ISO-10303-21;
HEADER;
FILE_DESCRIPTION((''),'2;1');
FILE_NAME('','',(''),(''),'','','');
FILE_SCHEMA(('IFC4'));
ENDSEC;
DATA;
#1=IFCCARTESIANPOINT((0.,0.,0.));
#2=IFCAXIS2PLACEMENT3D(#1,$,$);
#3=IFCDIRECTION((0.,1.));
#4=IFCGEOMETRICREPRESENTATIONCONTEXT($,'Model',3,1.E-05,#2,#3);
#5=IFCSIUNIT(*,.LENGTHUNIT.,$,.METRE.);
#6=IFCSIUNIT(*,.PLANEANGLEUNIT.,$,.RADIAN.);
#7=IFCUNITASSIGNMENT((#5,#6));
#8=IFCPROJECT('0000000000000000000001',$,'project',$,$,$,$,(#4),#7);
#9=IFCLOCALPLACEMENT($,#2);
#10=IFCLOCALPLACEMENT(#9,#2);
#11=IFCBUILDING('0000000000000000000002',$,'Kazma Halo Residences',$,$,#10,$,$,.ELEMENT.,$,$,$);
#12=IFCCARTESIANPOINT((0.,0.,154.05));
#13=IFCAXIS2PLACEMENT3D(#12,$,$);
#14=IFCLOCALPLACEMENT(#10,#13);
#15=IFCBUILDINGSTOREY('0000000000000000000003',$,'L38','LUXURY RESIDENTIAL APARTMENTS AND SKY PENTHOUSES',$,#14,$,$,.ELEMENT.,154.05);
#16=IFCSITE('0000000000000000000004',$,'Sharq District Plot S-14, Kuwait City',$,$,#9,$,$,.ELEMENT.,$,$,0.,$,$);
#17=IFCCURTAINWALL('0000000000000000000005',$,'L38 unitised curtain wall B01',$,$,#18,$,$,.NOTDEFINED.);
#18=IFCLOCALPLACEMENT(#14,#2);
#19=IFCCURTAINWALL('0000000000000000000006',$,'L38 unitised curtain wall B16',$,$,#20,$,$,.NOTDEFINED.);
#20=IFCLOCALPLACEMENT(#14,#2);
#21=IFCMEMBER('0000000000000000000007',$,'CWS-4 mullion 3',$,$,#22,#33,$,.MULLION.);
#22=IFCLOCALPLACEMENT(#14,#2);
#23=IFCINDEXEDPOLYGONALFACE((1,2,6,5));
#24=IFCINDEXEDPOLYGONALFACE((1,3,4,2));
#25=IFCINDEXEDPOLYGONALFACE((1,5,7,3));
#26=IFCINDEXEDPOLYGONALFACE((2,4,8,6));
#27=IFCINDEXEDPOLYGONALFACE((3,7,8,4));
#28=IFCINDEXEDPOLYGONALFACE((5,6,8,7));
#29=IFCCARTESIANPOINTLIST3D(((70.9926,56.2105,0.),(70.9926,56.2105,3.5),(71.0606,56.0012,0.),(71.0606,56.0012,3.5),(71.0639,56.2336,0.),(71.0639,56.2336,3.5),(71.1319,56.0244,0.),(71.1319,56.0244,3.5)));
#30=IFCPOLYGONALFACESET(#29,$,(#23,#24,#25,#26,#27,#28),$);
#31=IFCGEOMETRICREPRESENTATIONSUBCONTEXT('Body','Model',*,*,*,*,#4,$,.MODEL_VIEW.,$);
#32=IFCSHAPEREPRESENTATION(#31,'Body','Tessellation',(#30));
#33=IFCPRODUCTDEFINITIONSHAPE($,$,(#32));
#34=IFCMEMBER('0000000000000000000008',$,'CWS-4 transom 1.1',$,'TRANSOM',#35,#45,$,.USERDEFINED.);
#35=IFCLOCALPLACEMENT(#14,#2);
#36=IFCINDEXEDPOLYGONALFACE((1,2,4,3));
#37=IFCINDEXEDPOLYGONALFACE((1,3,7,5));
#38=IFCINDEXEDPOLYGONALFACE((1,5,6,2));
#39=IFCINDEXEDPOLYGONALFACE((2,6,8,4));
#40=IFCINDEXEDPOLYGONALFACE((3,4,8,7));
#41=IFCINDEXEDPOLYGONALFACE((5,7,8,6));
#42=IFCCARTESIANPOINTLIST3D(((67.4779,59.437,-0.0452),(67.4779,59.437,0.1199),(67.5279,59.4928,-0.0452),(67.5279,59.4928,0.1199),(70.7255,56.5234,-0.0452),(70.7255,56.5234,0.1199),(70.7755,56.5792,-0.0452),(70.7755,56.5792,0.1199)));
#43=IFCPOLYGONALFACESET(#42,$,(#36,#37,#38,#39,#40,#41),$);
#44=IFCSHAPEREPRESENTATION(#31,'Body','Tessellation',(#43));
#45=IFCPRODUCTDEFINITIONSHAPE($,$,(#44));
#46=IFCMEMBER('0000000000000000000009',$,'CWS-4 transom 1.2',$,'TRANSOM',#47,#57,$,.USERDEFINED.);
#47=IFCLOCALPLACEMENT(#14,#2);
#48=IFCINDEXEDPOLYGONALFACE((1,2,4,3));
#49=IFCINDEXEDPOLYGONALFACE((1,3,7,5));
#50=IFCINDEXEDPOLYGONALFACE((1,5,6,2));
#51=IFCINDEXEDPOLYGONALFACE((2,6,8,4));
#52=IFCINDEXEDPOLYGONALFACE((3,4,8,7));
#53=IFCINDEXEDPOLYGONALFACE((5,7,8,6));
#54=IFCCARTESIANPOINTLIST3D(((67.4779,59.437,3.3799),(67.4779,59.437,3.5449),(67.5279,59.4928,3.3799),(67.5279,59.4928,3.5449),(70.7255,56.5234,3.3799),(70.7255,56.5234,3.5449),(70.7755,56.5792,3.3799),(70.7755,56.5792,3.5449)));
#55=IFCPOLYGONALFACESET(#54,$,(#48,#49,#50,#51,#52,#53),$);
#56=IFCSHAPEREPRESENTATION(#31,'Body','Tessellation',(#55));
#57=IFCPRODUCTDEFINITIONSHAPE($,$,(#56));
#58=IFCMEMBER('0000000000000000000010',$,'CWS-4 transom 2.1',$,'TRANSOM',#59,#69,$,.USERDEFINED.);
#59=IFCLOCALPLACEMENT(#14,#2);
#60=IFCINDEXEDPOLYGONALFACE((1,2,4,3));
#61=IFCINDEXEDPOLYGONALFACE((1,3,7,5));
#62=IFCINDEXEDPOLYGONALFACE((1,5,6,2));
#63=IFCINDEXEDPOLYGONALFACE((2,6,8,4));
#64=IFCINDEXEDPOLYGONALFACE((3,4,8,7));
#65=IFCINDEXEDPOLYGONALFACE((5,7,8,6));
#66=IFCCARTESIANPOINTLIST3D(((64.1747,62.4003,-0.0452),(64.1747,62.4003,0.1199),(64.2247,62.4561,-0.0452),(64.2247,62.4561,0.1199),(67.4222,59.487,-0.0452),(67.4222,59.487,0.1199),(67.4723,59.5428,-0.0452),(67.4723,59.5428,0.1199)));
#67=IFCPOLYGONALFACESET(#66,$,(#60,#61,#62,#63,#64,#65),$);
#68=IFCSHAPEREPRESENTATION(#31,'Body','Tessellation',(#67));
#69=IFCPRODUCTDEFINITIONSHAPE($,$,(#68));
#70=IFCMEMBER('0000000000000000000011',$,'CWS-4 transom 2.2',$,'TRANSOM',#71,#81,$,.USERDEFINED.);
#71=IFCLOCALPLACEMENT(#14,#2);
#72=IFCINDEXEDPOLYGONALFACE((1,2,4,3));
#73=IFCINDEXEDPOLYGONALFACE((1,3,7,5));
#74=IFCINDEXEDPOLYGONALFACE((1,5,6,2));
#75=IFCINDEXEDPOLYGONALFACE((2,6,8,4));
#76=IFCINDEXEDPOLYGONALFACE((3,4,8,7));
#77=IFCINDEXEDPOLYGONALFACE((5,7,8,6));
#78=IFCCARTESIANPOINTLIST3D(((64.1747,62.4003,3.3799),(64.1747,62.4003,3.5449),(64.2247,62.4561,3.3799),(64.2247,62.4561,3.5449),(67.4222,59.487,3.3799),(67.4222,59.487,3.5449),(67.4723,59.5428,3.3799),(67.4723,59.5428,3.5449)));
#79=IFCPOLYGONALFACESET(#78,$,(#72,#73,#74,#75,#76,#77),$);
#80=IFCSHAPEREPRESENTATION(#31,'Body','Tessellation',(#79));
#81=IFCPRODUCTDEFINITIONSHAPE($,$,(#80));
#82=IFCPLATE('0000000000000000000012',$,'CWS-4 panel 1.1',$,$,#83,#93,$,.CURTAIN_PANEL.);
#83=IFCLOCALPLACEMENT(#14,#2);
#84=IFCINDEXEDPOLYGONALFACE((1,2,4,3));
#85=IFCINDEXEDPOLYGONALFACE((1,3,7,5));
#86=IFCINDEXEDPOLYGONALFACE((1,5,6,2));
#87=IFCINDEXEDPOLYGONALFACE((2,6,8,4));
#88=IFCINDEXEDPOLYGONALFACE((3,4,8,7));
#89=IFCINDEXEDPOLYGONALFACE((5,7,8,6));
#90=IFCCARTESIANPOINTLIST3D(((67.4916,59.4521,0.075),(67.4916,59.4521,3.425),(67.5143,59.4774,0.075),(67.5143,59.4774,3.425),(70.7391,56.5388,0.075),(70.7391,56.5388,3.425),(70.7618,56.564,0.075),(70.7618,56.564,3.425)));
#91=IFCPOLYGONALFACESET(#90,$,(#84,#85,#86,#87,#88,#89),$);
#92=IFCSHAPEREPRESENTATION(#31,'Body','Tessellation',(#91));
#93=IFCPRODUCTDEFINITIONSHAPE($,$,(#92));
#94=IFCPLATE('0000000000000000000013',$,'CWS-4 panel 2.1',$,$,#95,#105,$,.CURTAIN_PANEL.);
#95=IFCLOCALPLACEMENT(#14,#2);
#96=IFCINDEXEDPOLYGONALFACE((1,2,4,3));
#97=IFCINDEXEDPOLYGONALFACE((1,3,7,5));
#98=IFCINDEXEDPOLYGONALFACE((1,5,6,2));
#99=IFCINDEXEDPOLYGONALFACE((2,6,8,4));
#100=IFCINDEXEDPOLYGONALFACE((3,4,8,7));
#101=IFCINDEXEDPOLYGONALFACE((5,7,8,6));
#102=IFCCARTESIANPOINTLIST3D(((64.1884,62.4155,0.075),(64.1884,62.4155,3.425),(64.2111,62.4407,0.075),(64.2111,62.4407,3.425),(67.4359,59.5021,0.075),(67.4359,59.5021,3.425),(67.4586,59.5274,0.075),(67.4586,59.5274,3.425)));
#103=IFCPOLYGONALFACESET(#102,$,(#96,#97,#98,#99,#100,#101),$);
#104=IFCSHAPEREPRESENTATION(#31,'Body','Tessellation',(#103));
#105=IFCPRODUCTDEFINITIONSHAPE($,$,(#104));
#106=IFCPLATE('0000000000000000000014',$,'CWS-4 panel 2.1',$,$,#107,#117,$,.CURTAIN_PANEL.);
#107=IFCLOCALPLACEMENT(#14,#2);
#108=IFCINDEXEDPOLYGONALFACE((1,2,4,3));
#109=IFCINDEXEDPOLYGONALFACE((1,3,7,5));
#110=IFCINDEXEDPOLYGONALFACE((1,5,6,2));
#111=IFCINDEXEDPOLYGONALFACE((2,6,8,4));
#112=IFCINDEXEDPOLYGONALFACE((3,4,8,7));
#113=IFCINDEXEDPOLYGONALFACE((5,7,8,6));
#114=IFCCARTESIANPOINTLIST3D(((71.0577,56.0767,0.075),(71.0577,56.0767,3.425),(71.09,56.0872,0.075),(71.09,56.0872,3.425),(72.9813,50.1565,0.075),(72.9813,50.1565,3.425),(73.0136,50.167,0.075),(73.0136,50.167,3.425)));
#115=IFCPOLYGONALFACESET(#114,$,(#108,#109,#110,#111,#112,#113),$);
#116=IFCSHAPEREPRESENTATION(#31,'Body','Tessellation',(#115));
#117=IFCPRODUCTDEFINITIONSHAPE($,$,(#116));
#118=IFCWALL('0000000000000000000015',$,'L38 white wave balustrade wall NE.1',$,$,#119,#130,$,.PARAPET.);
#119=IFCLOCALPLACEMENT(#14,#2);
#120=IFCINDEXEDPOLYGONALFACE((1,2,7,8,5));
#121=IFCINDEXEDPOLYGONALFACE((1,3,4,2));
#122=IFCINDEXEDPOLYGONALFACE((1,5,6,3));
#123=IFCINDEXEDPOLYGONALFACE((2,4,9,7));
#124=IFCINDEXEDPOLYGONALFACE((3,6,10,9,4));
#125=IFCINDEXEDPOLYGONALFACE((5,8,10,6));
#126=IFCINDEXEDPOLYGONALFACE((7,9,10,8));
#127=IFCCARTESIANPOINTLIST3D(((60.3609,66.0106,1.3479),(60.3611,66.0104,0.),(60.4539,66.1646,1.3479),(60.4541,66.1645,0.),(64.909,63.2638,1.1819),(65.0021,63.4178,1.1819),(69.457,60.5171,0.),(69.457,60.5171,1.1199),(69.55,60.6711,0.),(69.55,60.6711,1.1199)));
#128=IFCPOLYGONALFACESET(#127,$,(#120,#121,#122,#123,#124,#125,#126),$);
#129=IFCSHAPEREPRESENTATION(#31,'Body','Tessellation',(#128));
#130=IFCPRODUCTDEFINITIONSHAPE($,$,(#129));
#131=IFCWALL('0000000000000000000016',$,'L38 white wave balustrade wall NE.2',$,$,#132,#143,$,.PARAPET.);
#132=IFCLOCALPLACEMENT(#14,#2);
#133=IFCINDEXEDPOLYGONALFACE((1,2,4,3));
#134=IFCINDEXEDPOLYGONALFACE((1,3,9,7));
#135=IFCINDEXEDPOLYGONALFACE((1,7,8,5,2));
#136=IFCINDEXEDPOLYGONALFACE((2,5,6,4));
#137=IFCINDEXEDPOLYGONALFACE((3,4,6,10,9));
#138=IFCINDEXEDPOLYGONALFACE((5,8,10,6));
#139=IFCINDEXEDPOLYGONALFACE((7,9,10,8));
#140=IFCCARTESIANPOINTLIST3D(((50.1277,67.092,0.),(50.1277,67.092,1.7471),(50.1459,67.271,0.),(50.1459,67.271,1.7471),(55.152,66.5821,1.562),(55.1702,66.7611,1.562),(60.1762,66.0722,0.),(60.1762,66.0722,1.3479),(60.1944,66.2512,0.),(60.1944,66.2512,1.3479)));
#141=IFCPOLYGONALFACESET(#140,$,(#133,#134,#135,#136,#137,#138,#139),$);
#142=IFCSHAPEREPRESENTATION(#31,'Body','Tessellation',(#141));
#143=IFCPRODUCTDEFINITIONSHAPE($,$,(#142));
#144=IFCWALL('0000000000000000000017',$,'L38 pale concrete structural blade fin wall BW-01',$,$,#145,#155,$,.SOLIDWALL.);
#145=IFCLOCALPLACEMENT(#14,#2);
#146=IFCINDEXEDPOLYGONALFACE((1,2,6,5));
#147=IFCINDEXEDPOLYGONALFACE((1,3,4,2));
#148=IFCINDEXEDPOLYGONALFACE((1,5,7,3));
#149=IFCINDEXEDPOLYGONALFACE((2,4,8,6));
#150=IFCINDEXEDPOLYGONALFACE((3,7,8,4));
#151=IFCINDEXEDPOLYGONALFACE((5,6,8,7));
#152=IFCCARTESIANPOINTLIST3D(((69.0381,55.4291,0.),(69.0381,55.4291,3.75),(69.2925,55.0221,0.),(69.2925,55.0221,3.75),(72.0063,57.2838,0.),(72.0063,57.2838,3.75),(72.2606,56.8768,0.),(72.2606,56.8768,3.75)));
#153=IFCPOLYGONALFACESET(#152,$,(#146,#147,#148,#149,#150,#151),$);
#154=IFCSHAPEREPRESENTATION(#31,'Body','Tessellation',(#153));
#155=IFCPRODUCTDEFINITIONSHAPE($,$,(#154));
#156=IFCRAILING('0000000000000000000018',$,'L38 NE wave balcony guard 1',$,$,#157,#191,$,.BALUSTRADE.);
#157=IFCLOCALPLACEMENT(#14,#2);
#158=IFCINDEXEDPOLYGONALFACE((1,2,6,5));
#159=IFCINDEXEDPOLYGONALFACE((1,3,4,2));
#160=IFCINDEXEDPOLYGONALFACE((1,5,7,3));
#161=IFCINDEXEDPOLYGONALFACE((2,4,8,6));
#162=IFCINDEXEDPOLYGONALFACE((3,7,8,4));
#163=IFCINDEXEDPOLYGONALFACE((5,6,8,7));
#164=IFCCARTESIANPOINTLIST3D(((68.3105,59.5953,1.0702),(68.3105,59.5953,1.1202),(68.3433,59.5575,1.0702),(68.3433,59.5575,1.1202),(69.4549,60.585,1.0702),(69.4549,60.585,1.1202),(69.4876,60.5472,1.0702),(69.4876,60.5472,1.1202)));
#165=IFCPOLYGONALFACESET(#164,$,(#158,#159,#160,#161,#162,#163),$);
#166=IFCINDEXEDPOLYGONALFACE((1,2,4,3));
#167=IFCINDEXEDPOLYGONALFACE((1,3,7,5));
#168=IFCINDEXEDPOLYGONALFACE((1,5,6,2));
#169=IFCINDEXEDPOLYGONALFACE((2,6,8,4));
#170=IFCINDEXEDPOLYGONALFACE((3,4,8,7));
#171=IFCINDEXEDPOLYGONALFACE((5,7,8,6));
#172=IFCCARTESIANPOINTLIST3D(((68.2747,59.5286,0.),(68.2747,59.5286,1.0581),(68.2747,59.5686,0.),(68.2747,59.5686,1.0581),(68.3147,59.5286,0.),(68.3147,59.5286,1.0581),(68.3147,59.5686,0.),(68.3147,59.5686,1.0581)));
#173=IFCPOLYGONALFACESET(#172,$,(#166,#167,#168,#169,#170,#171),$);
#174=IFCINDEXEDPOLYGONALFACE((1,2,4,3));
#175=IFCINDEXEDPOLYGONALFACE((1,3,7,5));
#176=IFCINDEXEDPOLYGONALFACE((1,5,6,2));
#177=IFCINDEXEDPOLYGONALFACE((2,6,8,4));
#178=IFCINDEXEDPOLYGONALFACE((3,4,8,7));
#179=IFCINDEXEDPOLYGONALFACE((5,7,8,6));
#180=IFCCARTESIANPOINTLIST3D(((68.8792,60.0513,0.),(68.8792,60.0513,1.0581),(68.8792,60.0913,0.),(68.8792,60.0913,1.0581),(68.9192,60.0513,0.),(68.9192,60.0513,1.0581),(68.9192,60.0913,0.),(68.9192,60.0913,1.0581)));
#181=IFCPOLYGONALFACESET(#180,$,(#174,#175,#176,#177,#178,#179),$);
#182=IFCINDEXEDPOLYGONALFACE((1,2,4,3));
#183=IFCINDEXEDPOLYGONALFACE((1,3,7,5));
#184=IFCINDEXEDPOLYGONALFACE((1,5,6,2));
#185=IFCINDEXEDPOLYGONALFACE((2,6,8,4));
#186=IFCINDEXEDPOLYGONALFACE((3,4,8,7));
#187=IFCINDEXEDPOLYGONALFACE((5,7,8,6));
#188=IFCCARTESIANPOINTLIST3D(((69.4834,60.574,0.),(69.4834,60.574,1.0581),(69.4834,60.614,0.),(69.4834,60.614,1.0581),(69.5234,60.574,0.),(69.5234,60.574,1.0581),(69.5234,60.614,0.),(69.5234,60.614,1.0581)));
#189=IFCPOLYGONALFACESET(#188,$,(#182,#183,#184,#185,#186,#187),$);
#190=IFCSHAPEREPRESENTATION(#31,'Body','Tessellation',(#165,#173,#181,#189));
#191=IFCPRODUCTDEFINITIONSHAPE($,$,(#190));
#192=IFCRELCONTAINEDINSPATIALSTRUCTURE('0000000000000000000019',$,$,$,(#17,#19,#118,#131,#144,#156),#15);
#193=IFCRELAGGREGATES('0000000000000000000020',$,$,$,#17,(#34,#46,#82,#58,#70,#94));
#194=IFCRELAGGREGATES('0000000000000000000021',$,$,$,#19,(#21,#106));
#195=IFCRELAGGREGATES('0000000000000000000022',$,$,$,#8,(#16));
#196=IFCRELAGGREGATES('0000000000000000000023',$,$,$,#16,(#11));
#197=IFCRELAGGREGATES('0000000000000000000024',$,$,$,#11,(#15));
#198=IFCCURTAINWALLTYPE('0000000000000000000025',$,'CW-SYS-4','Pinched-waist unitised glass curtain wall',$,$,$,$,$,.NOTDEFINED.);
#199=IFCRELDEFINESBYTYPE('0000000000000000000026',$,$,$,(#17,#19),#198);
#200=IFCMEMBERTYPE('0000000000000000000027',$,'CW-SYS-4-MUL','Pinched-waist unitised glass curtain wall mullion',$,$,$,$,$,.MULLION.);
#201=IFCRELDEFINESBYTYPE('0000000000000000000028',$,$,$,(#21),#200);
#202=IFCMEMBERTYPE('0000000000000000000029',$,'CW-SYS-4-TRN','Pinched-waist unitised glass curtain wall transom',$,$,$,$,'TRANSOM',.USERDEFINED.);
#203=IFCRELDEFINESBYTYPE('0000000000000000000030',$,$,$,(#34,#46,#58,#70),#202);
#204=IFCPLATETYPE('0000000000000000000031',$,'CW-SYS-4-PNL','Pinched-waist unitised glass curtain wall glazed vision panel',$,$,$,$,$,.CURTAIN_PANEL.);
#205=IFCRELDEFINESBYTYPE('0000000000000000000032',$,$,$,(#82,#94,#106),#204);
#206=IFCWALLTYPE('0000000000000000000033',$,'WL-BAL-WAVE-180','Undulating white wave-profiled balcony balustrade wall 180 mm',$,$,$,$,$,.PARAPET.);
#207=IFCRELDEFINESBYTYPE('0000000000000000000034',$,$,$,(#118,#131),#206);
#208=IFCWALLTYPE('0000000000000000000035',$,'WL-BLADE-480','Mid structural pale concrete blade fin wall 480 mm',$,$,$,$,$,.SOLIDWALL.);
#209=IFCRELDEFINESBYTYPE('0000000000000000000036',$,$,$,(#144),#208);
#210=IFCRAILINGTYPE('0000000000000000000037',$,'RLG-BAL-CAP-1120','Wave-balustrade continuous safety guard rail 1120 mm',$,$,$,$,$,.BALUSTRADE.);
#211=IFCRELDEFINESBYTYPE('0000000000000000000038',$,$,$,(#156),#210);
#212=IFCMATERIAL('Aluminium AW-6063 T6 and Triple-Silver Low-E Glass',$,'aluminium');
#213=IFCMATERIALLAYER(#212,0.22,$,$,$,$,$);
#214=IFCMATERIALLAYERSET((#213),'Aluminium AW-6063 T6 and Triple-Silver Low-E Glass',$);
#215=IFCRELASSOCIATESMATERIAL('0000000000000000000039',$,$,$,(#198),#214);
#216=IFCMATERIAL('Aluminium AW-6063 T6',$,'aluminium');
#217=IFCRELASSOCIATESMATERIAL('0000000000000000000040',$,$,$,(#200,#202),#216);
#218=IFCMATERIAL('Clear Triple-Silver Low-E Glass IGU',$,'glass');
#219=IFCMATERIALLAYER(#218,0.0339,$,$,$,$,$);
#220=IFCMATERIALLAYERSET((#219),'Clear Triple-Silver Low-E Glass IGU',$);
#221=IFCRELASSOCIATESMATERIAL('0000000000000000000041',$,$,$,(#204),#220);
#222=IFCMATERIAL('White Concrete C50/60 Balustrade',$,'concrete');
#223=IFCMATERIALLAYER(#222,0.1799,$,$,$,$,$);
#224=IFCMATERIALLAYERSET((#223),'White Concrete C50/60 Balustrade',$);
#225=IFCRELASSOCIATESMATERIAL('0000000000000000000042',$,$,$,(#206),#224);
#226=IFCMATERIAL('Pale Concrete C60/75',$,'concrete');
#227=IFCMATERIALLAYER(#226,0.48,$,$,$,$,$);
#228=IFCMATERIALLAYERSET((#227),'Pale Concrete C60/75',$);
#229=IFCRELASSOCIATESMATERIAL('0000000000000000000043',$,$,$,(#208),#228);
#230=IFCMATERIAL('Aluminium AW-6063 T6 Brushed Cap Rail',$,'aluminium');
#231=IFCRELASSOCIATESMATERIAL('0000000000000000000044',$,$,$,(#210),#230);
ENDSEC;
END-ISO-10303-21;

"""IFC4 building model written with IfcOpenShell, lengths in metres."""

from ifc_helpers import new_model, si_unit, direction, frame, frame_2d, origin, origin_2d, place, context, subcontext, project, spatial, polyline, rectangle, outline, extrude, material, layer, layer_set, material_profile, profile_set, type_object, element, aggregate, save


model = new_model("IFC4")

# Units and contexts
model_context = context("Model", 3, precision=1e-05, world=origin(), true_north=direction((0.0, 1.0)))
body_context = subcontext(model_context, "Body", "Model", "MODEL_VIEW")
ifc_project = project(units=[si_unit("LENGTHUNIT", "METRE"), si_unit("PLANEANGLEUNIT", "RADIAN")], contexts=[model_context])

# Site, building, storey
site_placement = place(None, origin())
site = spatial("IfcSite", under=ifc_project, at=site_placement, Name="Sharq District Plot S-14, Kuwait City", CompositionType="ELEMENT", RefElevation=0.0)
building_placement = place(site_placement, origin())
building = spatial("IfcBuilding", under=site, at=building_placement, Name="Kazma Halo Residences", CompositionType="ELEMENT")
storey_placement = place(building_placement, frame((0.0, 0.0, 154.05)))
storey = spatial("IfcBuildingStorey", under=building, at=storey_placement, Name="L38", Description="LUXURY RESIDENTIAL APARTMENTS AND SKY PENTHOUSES", CompositionType="ELEMENT", Elevation=154.05)

# Curtain wall
ifc_material_1 = material(Name="Aluminium AW-6063 T6 and Triple-Silver Low-E Glass", Category="aluminium")
ifc_layer_1 = layer(ifc_material_1, 0.22)
ifc_layer_set_1 = layer_set([ifc_layer_1], Name="Aluminium AW-6063 T6 and Triple-Silver Low-E Glass")
curtain_wall_type = type_object("IfcCurtainWallType", Name="CW-SYS-4", Description="Pinched-waist unitised glass curtain wall", PredefinedType="NOTDEFINED", material=ifc_layer_set_1)
curtain_wall_1_placement = place(storey_placement, origin())
curtain_wall_1 = element("IfcCurtainWall", 1, at=curtain_wall_1_placement, inside=storey, type_object=curtain_wall_type, Name="L38 unitised curtain wall B01", PredefinedType="NOTDEFINED")
ifc_material_2 = material(Name="Aluminium AW-6063 T6", Category="aluminium")
ifc_material_profile_1 = material_profile(ifc_material_2, rectangle(XDim=0.075, YDim=0.22, at=origin_2d()), Name="CWM-75x220")
ifc_profile_set_1 = profile_set([ifc_material_profile_1], Name="Aluminium AW-6063 T6")
member_type_1 = type_object("IfcMemberType", Name="CW-SYS-4-MUL", Description="Pinched-waist unitised glass curtain wall mullion", PredefinedType="MULLION", material=ifc_profile_set_1)

# Curtain wall, member
curtain_wall_2_placement = place(storey_placement, origin())
curtain_wall_2 = element("IfcCurtainWall", 2, at=curtain_wall_2_placement, inside=storey, type_object=curtain_wall_type, Name="L38 unitised curtain wall B16", PredefinedType="NOTDEFINED")
member_1_placement = place(storey_placement, frame((71.0623, 56.1174, 0.0), z_axis=(0.0, 0.0, 1.0), x_axis=(-0.951058, -0.309014, 0.0)))
member_1 = element("IfcMember", 3, at=member_1_placement, type_object=member_type_1, Name="CWS-4 mullion 3", PredefinedType="MULLION", context=body_context, shape_type="SweptSolid", body=[
    extrude(rectangle(XDim=0.075, YDim=0.22, at=origin_2d()), origin(), (0.0, 0.0, 1.0), 3.5),
])

# Members
ifc_material_profile_2 = material_profile(ifc_material_2, rectangle(XDim=0.075, YDim=0.165, at=origin_2d()), Name="CWT-75x165")
ifc_profile_set_2 = profile_set([ifc_material_profile_2], Name="Aluminium AW-6063 T6")
member_type_2 = type_object("IfcMemberType", Name="CW-SYS-4-TRN", Description="Pinched-waist unitised glass curtain wall transom", ElementType="TRANSOM", PredefinedType="USERDEFINED", material=ifc_profile_set_2)
member_2_placement = place(storey_placement, frame((70.7505, 56.5513, 0.0374), z_axis=(-0.744345, 0.667795, 0.0), x_axis=(-0.667795, -0.744345, 0.0)))
member_2 = element("IfcMember", 4, at=member_2_placement, type_object=member_type_2, Name="CWS-4 transom 1.1", ObjectType="TRANSOM", PredefinedType="USERDEFINED", context=body_context, shape_type="SweptSolid", body=[
    extrude(rectangle(XDim=0.075, YDim=0.165, at=origin_2d()), origin(), (0.0, 0.0, 1.0), 4.363),
])
member_3_placement = place(storey_placement, frame((70.7505, 56.5513, 3.4624), z_axis=(-0.744345, 0.667795, 0.0), x_axis=(-0.667795, -0.744345, 0.0)))
member_3 = element("IfcMember", 5, at=member_3_placement, type_object=member_type_2, Name="CWS-4 transom 1.2", ObjectType="TRANSOM", PredefinedType="USERDEFINED", context=body_context, shape_type="SweptSolid", body=[
    extrude(rectangle(XDim=0.075, YDim=0.165, at=origin_2d()), origin(), (0.0, 0.0, 1.0), 4.363),
])
member_4_placement = place(storey_placement, frame((67.4473, 59.5149, 0.0374), z_axis=(-0.744373, 0.667764, 0.0), x_axis=(-0.667764, -0.744373, 0.0)))
member_4 = element("IfcMember", 6, at=member_4_placement, type_object=member_type_2, Name="CWS-4 transom 2.1", ObjectType="TRANSOM", PredefinedType="USERDEFINED", context=body_context, shape_type="SweptSolid", body=[
    extrude(rectangle(XDim=0.075, YDim=0.165, at=origin_2d()), origin(), (0.0, 0.0, 1.0), 4.3628),
])
member_5_placement = place(storey_placement, frame((67.4473, 59.5149, 3.4624), z_axis=(-0.744373, 0.667764, 0.0), x_axis=(-0.667764, -0.744373, 0.0)))
member_5 = element("IfcMember", 7, at=member_5_placement, type_object=member_type_2, Name="CWS-4 transom 2.2", ObjectType="TRANSOM", PredefinedType="USERDEFINED", context=body_context, shape_type="SweptSolid", body=[
    extrude(rectangle(XDim=0.075, YDim=0.165, at=origin_2d()), origin(), (0.0, 0.0, 1.0), 4.3628),
])

# Plates
ifc_material_3 = material(Name="Clear Triple-Silver Low-E Glass IGU", Category="glass")
ifc_layer_2 = layer(ifc_material_3, 0.0339)
ifc_layer_set_2 = layer_set([ifc_layer_2], Name="Clear Triple-Silver Low-E Glass IGU")
plate_type = type_object("IfcPlateType", Name="CW-SYS-4-PNL", Description="Pinched-waist unitised glass curtain wall glazed vision panel", PredefinedType="CURTAIN_PANEL", material=ifc_layer_set_2)
plate_1_placement = place(storey_placement, frame((69.1267, 58.0081, 0.075), z_axis=(0.0, 0.0, 1.0), x_axis=(-0.744368, 0.66777, 0.0)))
plate_1 = element("IfcPlate", 8, at=plate_1_placement, type_object=plate_type, Name="CWS-4 panel 1.1", PredefinedType="CURTAIN_PANEL", context=body_context, shape_type="SweptSolid", body=[
    extrude(rectangle(XDim=4.3628, YDim=0.0339, at=origin_2d()), origin(), (0.0, 0.0, 1.0), 3.3501),
])
plate_2_placement = place(storey_placement, frame((65.8235, 60.9714, 0.075), z_axis=(0.0, 0.0, 1.0), x_axis=(-0.744368, 0.66777, 0.0)))
plate_2 = element("IfcPlate", 9, at=plate_2_placement, type_object=plate_type, Name="CWS-4 panel 2.1", PredefinedType="CURTAIN_PANEL", context=body_context, shape_type="SweptSolid", body=[
    extrude(rectangle(XDim=4.3628, YDim=0.0339, at=origin_2d()), origin(), (0.0, 0.0, 1.0), 3.3501),
])
aggregate(curtain_wall_1, [member_2, member_3, plate_1, member_4, member_5, plate_2])
plate_3_placement = place(storey_placement, frame((72.0356, 53.1218, 0.075), z_axis=(0.0, 0.0, 1.0), x_axis=(-0.309014, 0.951058, 0.0)))
plate_3 = element("IfcPlate", 10, at=plate_3_placement, type_object=plate_type, Name="CWS-4 panel 2.1", PredefinedType="CURTAIN_PANEL", context=body_context, shape_type="SweptSolid", body=[
    extrude(rectangle(XDim=6.2249, YDim=0.0339, at=origin_2d()), origin(), (0.0, 0.0, 1.0), 3.3501),
])
aggregate(curtain_wall_2, [member_1, plate_3])

# Walls
ifc_material_4 = material(Name="White Concrete C50/60 Balustrade", Category="concrete")
ifc_layer_3 = layer(ifc_material_4, 0.1799)
ifc_layer_set_3 = layer_set([ifc_layer_3], Name="White Concrete C50/60 Balustrade")
wall_type_1 = type_object("IfcWallType", Name="WL-BAL-WAVE-180", Description="Undulating white wave-profiled balcony balustrade wall 180 mm", PredefinedType="PARAPET", material=ifc_layer_set_3)
wall_1_placement = place(storey_placement, frame((69.5034, 60.594, 0.0), z_axis=(0.0, 0.0, 1.0), x_axis=(-0.856001, 0.516974, 0.0)))
element("IfcWall", 11, at=wall_1_placement, inside=storey, type_object=wall_type_1, Name="L38 white wave balustrade wall NE.1", PredefinedType="PARAPET", context=body_context, shape_type="SweptSolid", body=[
    extrude(outline(polyline([(0.0, 0.0), (10.626, 0.0), (10.6262, 1.3479), (5.313, 1.1819), (0.0, 1.1199), (0.0, 0.0)])), frame((0.0, 0.0898, 0.0), z_axis=(0.0, -1.0, 0.0), x_axis=(1.0, 0.0, 0.0)), (0.0, 0.0, 1.0), 0.1799),
])
wall_2_placement = place(storey_placement, frame((60.1853, 66.1616, 0.0), z_axis=(0.0, 0.0, 1.0), x_axis=(-0.99489, 0.100966, 0.0)))
element("IfcWall", 12, at=wall_2_placement, inside=storey, type_object=wall_type_1, Name="L38 white wave balustrade wall NE.2", PredefinedType="PARAPET", context=body_context, shape_type="SweptSolid", body=[
    extrude(outline(polyline([(0.0, 0.0), (10.1001, 0.0), (10.1001, 1.7471), (5.05, 1.562), (0.0, 1.3479), (0.0, 0.0)])), frame((0.0, 0.0898, 0.0), z_axis=(0.0, -1.0, 0.0), x_axis=(1.0, 0.0, 0.0)), (0.0, 0.0, 1.0), 0.1799),
])
ifc_material_5 = material(Name="Pale Concrete C60/75", Category="concrete")
ifc_layer_4 = layer(ifc_material_5, 0.48)
ifc_layer_set_4 = layer_set([ifc_layer_4], Name="Pale Concrete C60/75")
wall_type_2 = type_object("IfcWallType", Name="WL-BLADE-480", Description="Mid structural pale concrete blade fin wall 480 mm", PredefinedType="SOLIDWALL", material=ifc_layer_set_4)
wall_3_placement = place(storey_placement, frame((69.1653, 55.2256, 0.0), z_axis=(0.0, 0.0, 1.0), x_axis=(0.848053, 0.529911, 0.0)))
element("IfcWall", 13, at=wall_3_placement, inside=storey, type_object=wall_type_2, Name="L38 pale concrete structural blade fin wall BW-01", PredefinedType="SOLIDWALL", context=body_context, shape_type="SweptSolid", body=[
    extrude(rectangle(XDim=3.5, YDim=0.48, at=frame_2d((1.75, 0.0))), origin(), (0.0, 0.0, 1.0), 3.75),
])

# Railing
ifc_material_6 = material(Name="Aluminium AW-6063 T6 Brushed Cap Rail", Category="aluminium")
railing_type = type_object("IfcRailingType", Name="RLG-BAL-CAP-1120", Description="Wave-balustrade continuous safety guard rail 1120 mm", PredefinedType="BALUSTRADE", material=ifc_material_6)
railing_1_placement = place(storey_placement, frame((68.2947, 59.5486, 0.0)))
element("IfcRailing", 14, at=railing_1_placement, inside=storey, type_object=railing_type, Name="L38 NE wave balcony guard 1", PredefinedType="BALUSTRADE", context=body_context, shape_type="SweptSolid", body=[
    extrude(rectangle(XDim=0.05, YDim=0.05, at=origin_2d()), frame((0.0322, 0.0278, 1.0952), z_axis=(0.756359, 0.654157, 0.0), x_axis=(-0.654157, 0.756359, 0.0)), (0.0, 0.0, 1.0), 1.5129),
    extrude(rectangle(XDim=0.04, YDim=0.04, at=origin_2d()), origin(), (0.0, 0.0, 1.0), 1.0581),
    extrude(rectangle(XDim=0.04, YDim=0.04, at=origin_2d()), frame((0.6045, 0.5227, 0.0)), (0.0, 0.0, 1.0), 1.0581),
    extrude(rectangle(XDim=0.04, YDim=0.04, at=origin_2d()), frame((1.2087, 1.0454, 0.0)), (0.0, 0.0, 1.0), 1.0581),
])

save(model, "model.ifc")
